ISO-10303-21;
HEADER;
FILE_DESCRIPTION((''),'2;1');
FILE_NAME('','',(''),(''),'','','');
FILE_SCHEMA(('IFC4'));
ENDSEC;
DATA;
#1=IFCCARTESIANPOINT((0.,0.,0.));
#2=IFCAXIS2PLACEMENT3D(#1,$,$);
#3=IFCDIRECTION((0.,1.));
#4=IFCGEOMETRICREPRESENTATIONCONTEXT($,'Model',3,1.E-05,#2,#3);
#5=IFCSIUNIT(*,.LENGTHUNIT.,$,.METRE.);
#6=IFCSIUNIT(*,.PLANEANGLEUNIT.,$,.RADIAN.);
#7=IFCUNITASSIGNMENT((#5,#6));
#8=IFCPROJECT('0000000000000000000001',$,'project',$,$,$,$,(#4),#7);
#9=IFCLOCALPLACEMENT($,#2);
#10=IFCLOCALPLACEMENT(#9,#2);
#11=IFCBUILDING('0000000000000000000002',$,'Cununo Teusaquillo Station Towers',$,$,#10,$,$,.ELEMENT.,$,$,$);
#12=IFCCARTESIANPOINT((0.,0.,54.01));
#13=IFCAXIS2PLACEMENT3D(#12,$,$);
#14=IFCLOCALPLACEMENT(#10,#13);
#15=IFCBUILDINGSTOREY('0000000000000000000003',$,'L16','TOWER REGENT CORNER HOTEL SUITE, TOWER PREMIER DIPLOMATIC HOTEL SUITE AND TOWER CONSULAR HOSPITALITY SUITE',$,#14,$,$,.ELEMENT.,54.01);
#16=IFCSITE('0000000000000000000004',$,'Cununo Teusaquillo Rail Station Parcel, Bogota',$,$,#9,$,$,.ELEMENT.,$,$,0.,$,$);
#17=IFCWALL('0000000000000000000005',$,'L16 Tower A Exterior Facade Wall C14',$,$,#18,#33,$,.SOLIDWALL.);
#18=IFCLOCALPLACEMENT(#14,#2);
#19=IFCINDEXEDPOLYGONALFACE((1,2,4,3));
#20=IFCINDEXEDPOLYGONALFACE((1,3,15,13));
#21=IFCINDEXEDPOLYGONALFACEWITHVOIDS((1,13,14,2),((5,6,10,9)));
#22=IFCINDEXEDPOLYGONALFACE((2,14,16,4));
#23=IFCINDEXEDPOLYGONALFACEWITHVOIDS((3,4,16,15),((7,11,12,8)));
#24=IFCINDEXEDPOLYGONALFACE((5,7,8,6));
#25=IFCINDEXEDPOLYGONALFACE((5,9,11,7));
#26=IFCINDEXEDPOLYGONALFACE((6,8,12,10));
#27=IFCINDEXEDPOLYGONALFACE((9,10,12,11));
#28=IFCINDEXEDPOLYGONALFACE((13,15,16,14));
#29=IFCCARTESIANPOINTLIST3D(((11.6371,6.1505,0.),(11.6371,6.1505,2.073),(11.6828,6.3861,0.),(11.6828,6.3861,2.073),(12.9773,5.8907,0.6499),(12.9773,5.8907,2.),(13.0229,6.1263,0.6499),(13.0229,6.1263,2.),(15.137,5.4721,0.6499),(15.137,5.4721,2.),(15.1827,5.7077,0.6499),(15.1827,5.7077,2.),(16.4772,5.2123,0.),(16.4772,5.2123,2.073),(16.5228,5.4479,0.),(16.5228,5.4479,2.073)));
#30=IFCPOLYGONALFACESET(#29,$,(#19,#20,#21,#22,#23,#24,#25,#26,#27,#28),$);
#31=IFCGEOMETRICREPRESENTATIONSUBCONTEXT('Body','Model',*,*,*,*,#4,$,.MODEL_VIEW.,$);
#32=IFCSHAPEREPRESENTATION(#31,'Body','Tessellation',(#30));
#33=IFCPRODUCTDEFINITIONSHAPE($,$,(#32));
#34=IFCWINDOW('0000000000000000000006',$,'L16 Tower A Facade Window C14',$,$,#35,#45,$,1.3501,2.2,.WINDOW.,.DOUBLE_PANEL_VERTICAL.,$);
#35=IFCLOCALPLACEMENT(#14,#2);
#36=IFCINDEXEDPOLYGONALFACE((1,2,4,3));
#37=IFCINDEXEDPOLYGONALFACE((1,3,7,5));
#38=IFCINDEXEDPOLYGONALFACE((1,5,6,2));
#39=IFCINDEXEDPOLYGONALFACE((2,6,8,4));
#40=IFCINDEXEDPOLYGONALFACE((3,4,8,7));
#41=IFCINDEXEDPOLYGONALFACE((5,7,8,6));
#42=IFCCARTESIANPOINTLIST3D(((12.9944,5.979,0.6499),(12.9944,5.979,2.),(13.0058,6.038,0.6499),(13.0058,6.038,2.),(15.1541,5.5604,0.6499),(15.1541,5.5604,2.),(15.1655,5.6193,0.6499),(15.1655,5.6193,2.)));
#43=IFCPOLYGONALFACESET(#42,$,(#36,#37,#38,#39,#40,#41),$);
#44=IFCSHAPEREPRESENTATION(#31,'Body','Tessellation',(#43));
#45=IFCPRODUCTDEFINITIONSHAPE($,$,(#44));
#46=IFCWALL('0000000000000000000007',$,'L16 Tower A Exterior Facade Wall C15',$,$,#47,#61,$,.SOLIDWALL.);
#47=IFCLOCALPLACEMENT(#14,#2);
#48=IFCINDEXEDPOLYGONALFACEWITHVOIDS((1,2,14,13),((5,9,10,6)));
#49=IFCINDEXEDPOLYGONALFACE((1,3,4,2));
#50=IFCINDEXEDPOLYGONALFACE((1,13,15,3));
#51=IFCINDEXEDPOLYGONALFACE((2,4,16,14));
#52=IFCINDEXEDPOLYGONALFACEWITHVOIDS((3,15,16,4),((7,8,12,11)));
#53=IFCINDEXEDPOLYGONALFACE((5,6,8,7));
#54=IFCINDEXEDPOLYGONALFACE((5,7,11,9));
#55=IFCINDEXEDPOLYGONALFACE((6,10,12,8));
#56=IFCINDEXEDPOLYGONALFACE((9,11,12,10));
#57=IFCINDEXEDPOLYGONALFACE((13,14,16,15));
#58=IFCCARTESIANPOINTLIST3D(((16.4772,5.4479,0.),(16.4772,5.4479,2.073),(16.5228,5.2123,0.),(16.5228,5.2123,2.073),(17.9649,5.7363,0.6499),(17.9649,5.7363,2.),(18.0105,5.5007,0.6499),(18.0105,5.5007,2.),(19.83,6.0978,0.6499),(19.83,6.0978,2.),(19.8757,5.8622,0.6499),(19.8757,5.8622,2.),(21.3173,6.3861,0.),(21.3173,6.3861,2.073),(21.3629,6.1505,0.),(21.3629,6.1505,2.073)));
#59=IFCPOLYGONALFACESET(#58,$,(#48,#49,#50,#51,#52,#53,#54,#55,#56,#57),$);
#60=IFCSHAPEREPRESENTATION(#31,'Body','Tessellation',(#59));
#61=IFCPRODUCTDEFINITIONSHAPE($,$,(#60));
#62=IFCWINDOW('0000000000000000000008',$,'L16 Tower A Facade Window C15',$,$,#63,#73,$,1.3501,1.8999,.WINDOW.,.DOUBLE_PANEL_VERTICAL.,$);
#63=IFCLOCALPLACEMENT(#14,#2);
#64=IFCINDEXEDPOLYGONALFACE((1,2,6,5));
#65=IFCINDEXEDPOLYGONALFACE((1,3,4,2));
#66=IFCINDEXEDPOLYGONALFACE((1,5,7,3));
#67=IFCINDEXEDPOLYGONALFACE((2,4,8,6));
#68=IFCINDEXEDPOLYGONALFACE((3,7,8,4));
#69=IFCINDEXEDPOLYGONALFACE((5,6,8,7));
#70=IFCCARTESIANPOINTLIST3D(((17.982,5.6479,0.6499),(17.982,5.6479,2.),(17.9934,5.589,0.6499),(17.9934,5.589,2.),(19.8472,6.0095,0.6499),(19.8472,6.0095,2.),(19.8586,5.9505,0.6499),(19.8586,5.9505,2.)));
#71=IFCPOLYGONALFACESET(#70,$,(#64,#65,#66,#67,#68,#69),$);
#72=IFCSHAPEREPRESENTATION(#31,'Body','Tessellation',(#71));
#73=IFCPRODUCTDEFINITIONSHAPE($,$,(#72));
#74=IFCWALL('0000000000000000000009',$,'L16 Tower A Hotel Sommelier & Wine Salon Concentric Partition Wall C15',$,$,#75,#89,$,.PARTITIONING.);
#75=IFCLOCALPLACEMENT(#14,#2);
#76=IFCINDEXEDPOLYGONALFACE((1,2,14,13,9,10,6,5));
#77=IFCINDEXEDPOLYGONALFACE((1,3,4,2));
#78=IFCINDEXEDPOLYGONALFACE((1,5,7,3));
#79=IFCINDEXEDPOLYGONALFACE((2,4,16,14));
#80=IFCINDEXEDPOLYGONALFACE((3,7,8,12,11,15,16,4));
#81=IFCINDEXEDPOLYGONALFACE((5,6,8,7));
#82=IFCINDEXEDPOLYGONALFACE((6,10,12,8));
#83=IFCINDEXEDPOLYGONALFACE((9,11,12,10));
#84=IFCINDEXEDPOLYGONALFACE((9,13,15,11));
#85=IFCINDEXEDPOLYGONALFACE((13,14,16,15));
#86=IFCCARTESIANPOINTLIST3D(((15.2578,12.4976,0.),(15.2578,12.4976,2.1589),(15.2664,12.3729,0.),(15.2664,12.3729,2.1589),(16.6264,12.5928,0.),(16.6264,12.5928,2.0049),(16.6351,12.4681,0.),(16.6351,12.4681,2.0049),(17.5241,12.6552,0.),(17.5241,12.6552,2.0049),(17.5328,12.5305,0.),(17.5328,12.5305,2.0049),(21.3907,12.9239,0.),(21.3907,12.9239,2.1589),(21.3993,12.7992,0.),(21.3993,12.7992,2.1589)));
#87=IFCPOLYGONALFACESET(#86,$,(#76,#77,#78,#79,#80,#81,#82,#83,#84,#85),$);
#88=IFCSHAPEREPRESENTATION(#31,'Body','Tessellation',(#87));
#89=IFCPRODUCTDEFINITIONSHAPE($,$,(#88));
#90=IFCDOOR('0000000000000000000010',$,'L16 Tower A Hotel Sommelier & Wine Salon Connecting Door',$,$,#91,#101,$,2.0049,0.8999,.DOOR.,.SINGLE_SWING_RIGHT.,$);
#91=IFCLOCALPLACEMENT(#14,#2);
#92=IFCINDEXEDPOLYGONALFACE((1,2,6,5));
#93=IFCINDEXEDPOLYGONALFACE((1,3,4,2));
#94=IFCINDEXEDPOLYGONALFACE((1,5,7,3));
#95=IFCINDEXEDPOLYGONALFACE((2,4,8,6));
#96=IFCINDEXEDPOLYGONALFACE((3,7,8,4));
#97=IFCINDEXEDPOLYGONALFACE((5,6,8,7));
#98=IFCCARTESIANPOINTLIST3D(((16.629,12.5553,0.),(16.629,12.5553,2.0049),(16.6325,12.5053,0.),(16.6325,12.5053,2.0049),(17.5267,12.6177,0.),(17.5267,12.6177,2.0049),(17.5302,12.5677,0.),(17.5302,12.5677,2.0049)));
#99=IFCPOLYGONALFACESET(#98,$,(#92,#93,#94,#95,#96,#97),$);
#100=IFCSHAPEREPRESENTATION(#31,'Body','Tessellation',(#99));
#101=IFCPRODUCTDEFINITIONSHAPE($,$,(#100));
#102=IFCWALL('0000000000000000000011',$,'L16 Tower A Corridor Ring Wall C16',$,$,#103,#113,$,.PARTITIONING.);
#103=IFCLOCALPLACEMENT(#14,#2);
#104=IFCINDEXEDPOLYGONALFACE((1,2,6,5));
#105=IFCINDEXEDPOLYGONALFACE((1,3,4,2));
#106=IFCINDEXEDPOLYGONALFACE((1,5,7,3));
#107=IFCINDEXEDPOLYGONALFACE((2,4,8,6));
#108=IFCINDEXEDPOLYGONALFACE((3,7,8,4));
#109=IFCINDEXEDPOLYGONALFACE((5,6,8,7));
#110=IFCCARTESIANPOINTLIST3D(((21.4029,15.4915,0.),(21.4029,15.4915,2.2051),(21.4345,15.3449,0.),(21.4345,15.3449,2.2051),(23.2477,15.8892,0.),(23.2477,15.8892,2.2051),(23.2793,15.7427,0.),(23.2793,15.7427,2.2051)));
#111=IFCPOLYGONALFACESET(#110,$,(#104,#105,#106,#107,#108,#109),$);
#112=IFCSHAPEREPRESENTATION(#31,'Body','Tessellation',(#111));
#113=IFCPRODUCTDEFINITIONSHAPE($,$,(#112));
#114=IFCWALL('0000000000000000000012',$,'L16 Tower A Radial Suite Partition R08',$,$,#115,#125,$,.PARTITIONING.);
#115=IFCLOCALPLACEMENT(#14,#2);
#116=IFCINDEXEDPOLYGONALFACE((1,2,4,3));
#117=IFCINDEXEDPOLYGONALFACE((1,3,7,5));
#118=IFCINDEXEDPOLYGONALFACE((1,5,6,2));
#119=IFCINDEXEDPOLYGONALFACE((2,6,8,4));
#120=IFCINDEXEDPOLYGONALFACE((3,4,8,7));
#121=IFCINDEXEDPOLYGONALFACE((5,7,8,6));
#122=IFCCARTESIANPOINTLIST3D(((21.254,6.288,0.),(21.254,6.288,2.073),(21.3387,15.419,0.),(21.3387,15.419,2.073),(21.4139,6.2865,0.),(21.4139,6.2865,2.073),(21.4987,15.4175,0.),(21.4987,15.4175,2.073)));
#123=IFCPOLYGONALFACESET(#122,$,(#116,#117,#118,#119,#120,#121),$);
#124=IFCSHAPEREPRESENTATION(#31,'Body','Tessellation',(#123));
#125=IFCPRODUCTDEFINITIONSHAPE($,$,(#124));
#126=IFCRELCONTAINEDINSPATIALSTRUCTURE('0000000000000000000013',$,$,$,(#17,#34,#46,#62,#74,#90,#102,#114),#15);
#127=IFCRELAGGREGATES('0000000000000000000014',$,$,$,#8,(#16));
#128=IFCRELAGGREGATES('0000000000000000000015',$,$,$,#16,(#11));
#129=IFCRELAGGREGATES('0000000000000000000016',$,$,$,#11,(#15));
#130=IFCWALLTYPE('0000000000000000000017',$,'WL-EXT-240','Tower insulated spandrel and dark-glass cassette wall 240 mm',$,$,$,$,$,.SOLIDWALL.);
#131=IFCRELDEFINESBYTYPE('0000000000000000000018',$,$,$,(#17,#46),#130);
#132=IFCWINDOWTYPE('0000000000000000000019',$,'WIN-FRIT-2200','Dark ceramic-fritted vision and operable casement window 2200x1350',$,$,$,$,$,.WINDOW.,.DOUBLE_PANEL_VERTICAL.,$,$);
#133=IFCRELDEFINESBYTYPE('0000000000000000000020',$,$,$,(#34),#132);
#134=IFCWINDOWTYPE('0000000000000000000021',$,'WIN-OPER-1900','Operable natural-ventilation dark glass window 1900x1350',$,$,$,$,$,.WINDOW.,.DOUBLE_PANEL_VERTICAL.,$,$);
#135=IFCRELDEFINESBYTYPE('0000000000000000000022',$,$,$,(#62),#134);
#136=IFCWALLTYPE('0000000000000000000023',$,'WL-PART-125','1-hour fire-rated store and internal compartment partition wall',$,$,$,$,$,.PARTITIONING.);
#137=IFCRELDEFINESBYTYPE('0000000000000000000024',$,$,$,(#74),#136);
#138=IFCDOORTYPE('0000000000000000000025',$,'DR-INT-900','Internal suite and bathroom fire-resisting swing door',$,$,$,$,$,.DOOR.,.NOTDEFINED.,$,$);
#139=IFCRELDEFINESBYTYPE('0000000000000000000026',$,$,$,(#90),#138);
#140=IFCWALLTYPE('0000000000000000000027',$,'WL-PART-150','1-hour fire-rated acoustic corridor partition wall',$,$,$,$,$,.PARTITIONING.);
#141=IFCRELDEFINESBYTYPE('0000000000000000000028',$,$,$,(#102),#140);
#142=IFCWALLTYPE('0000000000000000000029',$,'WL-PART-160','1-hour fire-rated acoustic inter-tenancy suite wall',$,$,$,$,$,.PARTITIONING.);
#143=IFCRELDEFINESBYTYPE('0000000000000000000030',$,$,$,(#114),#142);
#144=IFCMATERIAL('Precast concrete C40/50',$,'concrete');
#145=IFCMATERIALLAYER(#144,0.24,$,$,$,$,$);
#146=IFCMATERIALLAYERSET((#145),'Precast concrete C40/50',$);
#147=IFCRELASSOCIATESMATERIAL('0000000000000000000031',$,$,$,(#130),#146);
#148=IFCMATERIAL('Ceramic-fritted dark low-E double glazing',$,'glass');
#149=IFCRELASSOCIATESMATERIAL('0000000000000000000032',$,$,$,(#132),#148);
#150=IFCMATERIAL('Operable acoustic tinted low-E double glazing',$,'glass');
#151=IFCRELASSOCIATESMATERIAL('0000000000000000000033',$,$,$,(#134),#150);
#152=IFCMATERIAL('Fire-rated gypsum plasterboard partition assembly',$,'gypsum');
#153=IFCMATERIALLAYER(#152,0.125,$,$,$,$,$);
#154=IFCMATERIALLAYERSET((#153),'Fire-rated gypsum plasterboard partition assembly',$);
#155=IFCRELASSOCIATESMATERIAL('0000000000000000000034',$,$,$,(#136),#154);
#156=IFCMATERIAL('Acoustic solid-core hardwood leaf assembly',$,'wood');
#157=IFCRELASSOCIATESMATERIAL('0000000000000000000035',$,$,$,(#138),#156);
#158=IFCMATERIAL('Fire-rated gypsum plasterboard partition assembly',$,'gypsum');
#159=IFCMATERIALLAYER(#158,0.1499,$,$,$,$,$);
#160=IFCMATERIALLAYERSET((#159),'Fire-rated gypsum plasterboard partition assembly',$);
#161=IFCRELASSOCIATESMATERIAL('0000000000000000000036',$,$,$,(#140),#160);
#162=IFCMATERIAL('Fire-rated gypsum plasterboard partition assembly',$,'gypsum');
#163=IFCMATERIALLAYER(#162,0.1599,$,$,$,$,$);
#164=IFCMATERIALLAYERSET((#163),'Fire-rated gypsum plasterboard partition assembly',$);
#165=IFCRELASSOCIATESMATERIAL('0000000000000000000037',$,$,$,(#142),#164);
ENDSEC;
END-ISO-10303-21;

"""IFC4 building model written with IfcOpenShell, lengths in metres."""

from ifc_helpers import new_model, si_unit, direction, frame, frame_2d, origin, place, context, subcontext, project, spatial, rectangle, extrude, source, transform, mapped, material, layer, layer_set, type_object, element, fill, save


model = new_model("IFC4")

# Units and contexts
model_context = context("Model", 3, precision=1e-05, world=origin(), true_north=direction((0.0, 1.0)))
body_context = subcontext(model_context, "Body", "Model", "MODEL_VIEW")
ifc_project = project(units=[si_unit("LENGTHUNIT", "METRE"), si_unit("PLANEANGLEUNIT", "RADIAN")], contexts=[model_context])

# Site, building, storey
site_placement = place(None, origin())
site = spatial("IfcSite", under=ifc_project, at=site_placement, Name="Cununo Teusaquillo Rail Station Parcel, Bogota", CompositionType="ELEMENT", RefElevation=0.0)
building_placement = place(site_placement, origin())
building = spatial("IfcBuilding", under=site, at=building_placement, Name="Cununo Teusaquillo Station Towers", CompositionType="ELEMENT")
storey_placement = place(building_placement, frame((0.0, 0.0, 54.01)))
storey = spatial("IfcBuildingStorey", under=building, at=storey_placement, Name="L16", Description="TOWER REGENT CORNER HOTEL SUITE, TOWER PREMIER DIPLOMATIC HOTEL SUITE AND TOWER CONSULAR HOSPITALITY SUITE", CompositionType="ELEMENT", Elevation=54.01)

# Walls, openings, windows
ifc_material_1 = material(Name="Precast concrete C40/50", Category="concrete")
ifc_layer_1 = layer(ifc_material_1, 0.24)
ifc_layer_set_1 = layer_set([ifc_layer_1], Name="Precast concrete C40/50")
wall_type_1 = type_object("IfcWallType", Name="WL-EXT-240", Description="Tower insulated spandrel and dark-glass cassette wall 240 mm", PredefinedType="SOLIDWALL", material=ifc_layer_set_1)
wall_1_placement = place(storey_placement, frame((16.5, 5.3301, 0.0), z_axis=(0.0, 0.0, 1.0), x_axis=(-0.981725, 0.190304, 0.0)))
wall_1 = element("IfcWall", 1, at=wall_1_placement, inside=storey, type_object=wall_type_1, Name="L16 Tower A Exterior Facade Wall C14", PredefinedType="SOLIDWALL", context=body_context, shape_type="SweptSolid", body=[
    extrude(rectangle(XDim=4.9302, YDim=0.24, at=frame_2d((2.4651, 0.0))), origin(), (0.0, 0.0, 1.0), 2.073),
])
shared_shape_1 = source(origin(), body_context, "Body", "SweptSolid", [
    extrude(rectangle(XDim=2.2, YDim=1.3501, at=frame_2d((1.1001, 0.675))), frame((0.0, 0.1299, 0.0), z_axis=(0.0, -1.0, 0.0), x_axis=(1.0, 0.0, 0.0)), (0.0, 0.0, 1.0), 0.26),
])
opening_1_placement = place(wall_1_placement, frame((1.365, 0.0, 0.6499)))
opening_1 = element("IfcOpeningElement", 2, at=opening_1_placement, cuts=wall_1, PredefinedType="OPENING", context=body_context, shape_type="MappedRepresentation", body=[
    mapped(shared_shape_1, transform((0.0, 0.0, 0.0), x_axis=(1.0, 0.0, 0.0), y_axis=(0.0, 1.0, 0.0), z_axis=(0.0, 0.0, 1.0), scale=1.0)),
])
ifc_material_2 = material(Name="Ceramic-fritted dark low-E double glazing", Category="glass")
window_type_1 = type_object("IfcWindowType", Name="WIN-FRIT-2200", Description="Dark ceramic-fritted vision and operable casement window 2200x1350", PartitioningType="DOUBLE_PANEL_VERTICAL", PredefinedType="WINDOW", material=ifc_material_2)
shared_shape_2 = source(origin(), body_context, "Body", "SweptSolid", [
    extrude(rectangle(XDim=2.2, YDim=1.3501, at=frame_2d((1.1001, 0.675))), frame((0.0, 0.03, 0.0), z_axis=(0.0, -1.0, 0.0), x_axis=(1.0, 0.0, 0.0)), (0.0, 0.0, 1.0), 0.0601),
])
window_1_placement = place(opening_1_placement, origin())
window_1 = element("IfcWindow", 3, at=window_1_placement, inside=storey, type_object=window_type_1, Name="L16 Tower A Facade Window C14", OverallHeight=1.3501, OverallWidth=2.2, PartitioningType="DOUBLE_PANEL_VERTICAL", PredefinedType="WINDOW", context=body_context, shape_type="MappedRepresentation", body=[
    mapped(shared_shape_2, transform((0.0, 0.0, 0.0), x_axis=(1.0, 0.0, 0.0), y_axis=(0.0, 1.0, 0.0), z_axis=(0.0, 0.0, 1.0), scale=1.0)),
])
fill(opening_1, window_1)
wall_2_placement = place(storey_placement, frame((21.3401, 6.2683, 0.0), z_axis=(0.0, 0.0, 1.0), x_axis=(-0.981725, -0.190304, 0.0)))
wall_2 = element("IfcWall", 4, at=wall_2_placement, inside=storey, type_object=wall_type_1, Name="L16 Tower A Exterior Facade Wall C15", PredefinedType="SOLIDWALL", context=body_context, shape_type="SweptSolid", body=[
    extrude(rectangle(XDim=4.9302, YDim=0.24, at=frame_2d((2.4651, 0.0))), origin(), (0.0, 0.0, 1.0), 2.073),
])
shared_shape_3 = source(origin(), body_context, "Body", "SweptSolid", [
    extrude(rectangle(XDim=1.8999, YDim=1.3501, at=frame_2d((0.95, 0.675))), frame((0.0, 0.1299, 0.0), z_axis=(0.0, -1.0, 0.0), x_axis=(1.0, 0.0, 0.0)), (0.0, 0.0, 1.0), 0.26),
])
opening_2_placement = place(wall_2_placement, frame((1.5149, 0.0, 0.6499)))
opening_2 = element("IfcOpeningElement", 5, at=opening_2_placement, cuts=wall_2, PredefinedType="OPENING", context=body_context, shape_type="MappedRepresentation", body=[
    mapped(shared_shape_3, transform((0.0, 0.0, 0.0), x_axis=(1.0, 0.0, 0.0), y_axis=(0.0, 1.0, 0.0), z_axis=(0.0, 0.0, 1.0), scale=1.0)),
])
ifc_material_3 = material(Name="Operable acoustic tinted low-E double glazing", Category="glass")
window_type_2 = type_object("IfcWindowType", Name="WIN-OPER-1900", Description="Operable natural-ventilation dark glass window 1900x1350", PartitioningType="DOUBLE_PANEL_VERTICAL", PredefinedType="WINDOW", material=ifc_material_3)
shared_shape_4 = source(origin(), body_context, "Body", "SweptSolid", [
    extrude(rectangle(XDim=1.8999, YDim=1.3501, at=frame_2d((0.95, 0.675))), frame((0.0, 0.03, 0.0), z_axis=(0.0, -1.0, 0.0), x_axis=(1.0, 0.0, 0.0)), (0.0, 0.0, 1.0), 0.0601),
])
window_2_placement = place(opening_2_placement, origin())
window_2 = element("IfcWindow", 6, at=window_2_placement, inside=storey, type_object=window_type_2, Name="L16 Tower A Facade Window C15", OverallHeight=1.3501, OverallWidth=1.8999, PartitioningType="DOUBLE_PANEL_VERTICAL", PredefinedType="WINDOW", context=body_context, shape_type="MappedRepresentation", body=[
    mapped(shared_shape_4, transform((0.0, 0.0, 0.0), x_axis=(1.0, 0.0, 0.0), y_axis=(0.0, 1.0, 0.0), z_axis=(0.0, 0.0, 1.0), scale=1.0)),
])
fill(opening_2, window_2)

# Wall, opening, door
ifc_material_4 = material(Name="Fire-rated gypsum plasterboard partition assembly", Category="gypsum")
ifc_layer_2 = layer(ifc_material_4, 0.125)
ifc_layer_set_2 = layer_set([ifc_layer_2], Name="Fire-rated gypsum plasterboard partition assembly")
wall_type_2 = type_object("IfcWallType", Name="WL-PART-125", Description="1-hour fire-rated store and internal compartment partition wall", PredefinedType="PARTITIONING", material=ifc_layer_set_2)
wall_3_placement = place(storey_placement, frame((15.2622, 12.4353, 0.0), z_axis=(0.0, 0.0, 1.0), x_axis=(0.997593, 0.069339, 0.0)))
wall_3 = element("IfcWall", 7, at=wall_3_placement, inside=storey, type_object=wall_type_2, Name="L16 Tower A Hotel Sommelier & Wine Salon Concentric Partition Wall C15", PredefinedType="PARTITIONING", context=body_context, shape_type="SweptSolid", body=[
    extrude(rectangle(XDim=6.1477, YDim=0.125, at=frame_2d((3.0737, 0.0))), origin(), (0.0, 0.0, 1.0), 2.1589),
])
shared_shape_5 = source(origin(), body_context, "Body", "SweptSolid", [
    extrude(rectangle(XDim=0.8999, YDim=2.0049, at=frame_2d((0.45, 1.0024))), frame((0.0, 0.0725, 0.0), z_axis=(0.0, -1.0, 0.0), x_axis=(1.0, 0.0, 0.0)), (0.0, 0.0, 1.0), 0.145),
])
opening_3_placement = place(wall_3_placement, frame((1.3718, 0.0, 0.0)))
opening_3 = element("IfcOpeningElement", 8, at=opening_3_placement, cuts=wall_3, PredefinedType="OPENING", context=body_context, shape_type="MappedRepresentation", body=[
    mapped(shared_shape_5, transform((0.0, 0.0, 0.0), x_axis=(1.0, 0.0, 0.0), y_axis=(0.0, 1.0, 0.0), z_axis=(0.0, 0.0, 1.0), scale=1.0)),
])
ifc_material_5 = material(Name="Acoustic solid-core hardwood leaf assembly", Category="wood")
door_type_1 = type_object("IfcDoorType", Name="DR-INT-900", Description="Internal suite and bathroom fire-resisting swing door", OperationType="NOTDEFINED", PredefinedType="DOOR", material=ifc_material_5)
shared_shape_6 = source(origin(), body_context, "Body", "SweptSolid", [
    extrude(rectangle(XDim=0.8999, YDim=2.0049, at=frame_2d((0.45, 1.0024))), frame((0.0, 0.0249, 0.0), z_axis=(0.0, -1.0, 0.0), x_axis=(1.0, 0.0, 0.0)), (0.0, 0.0, 1.0), 0.05),
])
door_1_placement = place(opening_3_placement, origin())
door_1 = element("IfcDoor", 9, at=door_1_placement, inside=storey, type_object=door_type_1, Name="L16 Tower A Hotel Sommelier & Wine Salon Connecting Door", OperationType="SINGLE_SWING_RIGHT", OverallHeight=2.0049, OverallWidth=0.8999, PredefinedType="DOOR", context=body_context, shape_type="MappedRepresentation", body=[
    mapped(shared_shape_6, transform((0.0, 0.0, 0.0), x_axis=(1.0, 0.0, 0.0), y_axis=(0.0, 1.0, 0.0), z_axis=(0.0, 0.0, 1.0), scale=1.0)),
])
fill(opening_3, door_1)

# Walls
ifc_material_6 = material(Name="Fire-rated gypsum plasterboard partition assembly", Category="gypsum")
ifc_layer_3 = layer(ifc_material_6, 0.1499)
ifc_layer_set_3 = layer_set([ifc_layer_3], Name="Fire-rated gypsum plasterboard partition assembly")
wall_type_3 = type_object("IfcWallType", Name="WL-PART-150", Description="1-hour fire-rated acoustic corridor partition wall", PredefinedType="PARTITIONING", material=ifc_layer_set_3)
wall_4_placement = place(storey_placement, frame((21.4187, 15.4182, 0.0), z_axis=(0.0, 0.0, 1.0), x_axis=(0.97754, 0.210748, 0.0)))
element("IfcWall", 10, at=wall_4_placement, inside=storey, type_object=wall_type_3, Name="L16 Tower A Corridor Ring Wall C16", PredefinedType="PARTITIONING", context=body_context, shape_type="SweptSolid", body=[
    extrude(rectangle(XDim=1.8872, YDim=0.1499, at=frame_2d((0.9436, 0.0))), origin(), (0.0, 0.0, 1.0), 2.2051),
])
ifc_material_7 = material(Name="Fire-rated gypsum plasterboard partition assembly", Category="gypsum")
ifc_layer_4 = layer(ifc_material_7, 0.1599)
ifc_layer_set_4 = layer_set([ifc_layer_4], Name="Fire-rated gypsum plasterboard partition assembly")
wall_type_4 = type_object("IfcWallType", Name="WL-PART-160", Description="1-hour fire-rated acoustic inter-tenancy suite wall", PredefinedType="PARTITIONING", material=ifc_layer_set_4)
wall_5_placement = place(storey_placement, frame((21.4187, 15.4182, 0.0), z_axis=(0.0, 0.0, 1.0), x_axis=(-0.009278, -0.999957, 0.0)))
element("IfcWall", 11, at=wall_5_placement, inside=storey, type_object=wall_type_4, Name="L16 Tower A Radial Suite Partition R08", PredefinedType="PARTITIONING", context=body_context, shape_type="SweptSolid", body=[
    extrude(rectangle(XDim=9.1313, YDim=0.1599, at=frame_2d((4.5657, 0.0))), origin(), (0.0, 0.0, 1.0), 2.073),
])

save(model, "model.ifc")
